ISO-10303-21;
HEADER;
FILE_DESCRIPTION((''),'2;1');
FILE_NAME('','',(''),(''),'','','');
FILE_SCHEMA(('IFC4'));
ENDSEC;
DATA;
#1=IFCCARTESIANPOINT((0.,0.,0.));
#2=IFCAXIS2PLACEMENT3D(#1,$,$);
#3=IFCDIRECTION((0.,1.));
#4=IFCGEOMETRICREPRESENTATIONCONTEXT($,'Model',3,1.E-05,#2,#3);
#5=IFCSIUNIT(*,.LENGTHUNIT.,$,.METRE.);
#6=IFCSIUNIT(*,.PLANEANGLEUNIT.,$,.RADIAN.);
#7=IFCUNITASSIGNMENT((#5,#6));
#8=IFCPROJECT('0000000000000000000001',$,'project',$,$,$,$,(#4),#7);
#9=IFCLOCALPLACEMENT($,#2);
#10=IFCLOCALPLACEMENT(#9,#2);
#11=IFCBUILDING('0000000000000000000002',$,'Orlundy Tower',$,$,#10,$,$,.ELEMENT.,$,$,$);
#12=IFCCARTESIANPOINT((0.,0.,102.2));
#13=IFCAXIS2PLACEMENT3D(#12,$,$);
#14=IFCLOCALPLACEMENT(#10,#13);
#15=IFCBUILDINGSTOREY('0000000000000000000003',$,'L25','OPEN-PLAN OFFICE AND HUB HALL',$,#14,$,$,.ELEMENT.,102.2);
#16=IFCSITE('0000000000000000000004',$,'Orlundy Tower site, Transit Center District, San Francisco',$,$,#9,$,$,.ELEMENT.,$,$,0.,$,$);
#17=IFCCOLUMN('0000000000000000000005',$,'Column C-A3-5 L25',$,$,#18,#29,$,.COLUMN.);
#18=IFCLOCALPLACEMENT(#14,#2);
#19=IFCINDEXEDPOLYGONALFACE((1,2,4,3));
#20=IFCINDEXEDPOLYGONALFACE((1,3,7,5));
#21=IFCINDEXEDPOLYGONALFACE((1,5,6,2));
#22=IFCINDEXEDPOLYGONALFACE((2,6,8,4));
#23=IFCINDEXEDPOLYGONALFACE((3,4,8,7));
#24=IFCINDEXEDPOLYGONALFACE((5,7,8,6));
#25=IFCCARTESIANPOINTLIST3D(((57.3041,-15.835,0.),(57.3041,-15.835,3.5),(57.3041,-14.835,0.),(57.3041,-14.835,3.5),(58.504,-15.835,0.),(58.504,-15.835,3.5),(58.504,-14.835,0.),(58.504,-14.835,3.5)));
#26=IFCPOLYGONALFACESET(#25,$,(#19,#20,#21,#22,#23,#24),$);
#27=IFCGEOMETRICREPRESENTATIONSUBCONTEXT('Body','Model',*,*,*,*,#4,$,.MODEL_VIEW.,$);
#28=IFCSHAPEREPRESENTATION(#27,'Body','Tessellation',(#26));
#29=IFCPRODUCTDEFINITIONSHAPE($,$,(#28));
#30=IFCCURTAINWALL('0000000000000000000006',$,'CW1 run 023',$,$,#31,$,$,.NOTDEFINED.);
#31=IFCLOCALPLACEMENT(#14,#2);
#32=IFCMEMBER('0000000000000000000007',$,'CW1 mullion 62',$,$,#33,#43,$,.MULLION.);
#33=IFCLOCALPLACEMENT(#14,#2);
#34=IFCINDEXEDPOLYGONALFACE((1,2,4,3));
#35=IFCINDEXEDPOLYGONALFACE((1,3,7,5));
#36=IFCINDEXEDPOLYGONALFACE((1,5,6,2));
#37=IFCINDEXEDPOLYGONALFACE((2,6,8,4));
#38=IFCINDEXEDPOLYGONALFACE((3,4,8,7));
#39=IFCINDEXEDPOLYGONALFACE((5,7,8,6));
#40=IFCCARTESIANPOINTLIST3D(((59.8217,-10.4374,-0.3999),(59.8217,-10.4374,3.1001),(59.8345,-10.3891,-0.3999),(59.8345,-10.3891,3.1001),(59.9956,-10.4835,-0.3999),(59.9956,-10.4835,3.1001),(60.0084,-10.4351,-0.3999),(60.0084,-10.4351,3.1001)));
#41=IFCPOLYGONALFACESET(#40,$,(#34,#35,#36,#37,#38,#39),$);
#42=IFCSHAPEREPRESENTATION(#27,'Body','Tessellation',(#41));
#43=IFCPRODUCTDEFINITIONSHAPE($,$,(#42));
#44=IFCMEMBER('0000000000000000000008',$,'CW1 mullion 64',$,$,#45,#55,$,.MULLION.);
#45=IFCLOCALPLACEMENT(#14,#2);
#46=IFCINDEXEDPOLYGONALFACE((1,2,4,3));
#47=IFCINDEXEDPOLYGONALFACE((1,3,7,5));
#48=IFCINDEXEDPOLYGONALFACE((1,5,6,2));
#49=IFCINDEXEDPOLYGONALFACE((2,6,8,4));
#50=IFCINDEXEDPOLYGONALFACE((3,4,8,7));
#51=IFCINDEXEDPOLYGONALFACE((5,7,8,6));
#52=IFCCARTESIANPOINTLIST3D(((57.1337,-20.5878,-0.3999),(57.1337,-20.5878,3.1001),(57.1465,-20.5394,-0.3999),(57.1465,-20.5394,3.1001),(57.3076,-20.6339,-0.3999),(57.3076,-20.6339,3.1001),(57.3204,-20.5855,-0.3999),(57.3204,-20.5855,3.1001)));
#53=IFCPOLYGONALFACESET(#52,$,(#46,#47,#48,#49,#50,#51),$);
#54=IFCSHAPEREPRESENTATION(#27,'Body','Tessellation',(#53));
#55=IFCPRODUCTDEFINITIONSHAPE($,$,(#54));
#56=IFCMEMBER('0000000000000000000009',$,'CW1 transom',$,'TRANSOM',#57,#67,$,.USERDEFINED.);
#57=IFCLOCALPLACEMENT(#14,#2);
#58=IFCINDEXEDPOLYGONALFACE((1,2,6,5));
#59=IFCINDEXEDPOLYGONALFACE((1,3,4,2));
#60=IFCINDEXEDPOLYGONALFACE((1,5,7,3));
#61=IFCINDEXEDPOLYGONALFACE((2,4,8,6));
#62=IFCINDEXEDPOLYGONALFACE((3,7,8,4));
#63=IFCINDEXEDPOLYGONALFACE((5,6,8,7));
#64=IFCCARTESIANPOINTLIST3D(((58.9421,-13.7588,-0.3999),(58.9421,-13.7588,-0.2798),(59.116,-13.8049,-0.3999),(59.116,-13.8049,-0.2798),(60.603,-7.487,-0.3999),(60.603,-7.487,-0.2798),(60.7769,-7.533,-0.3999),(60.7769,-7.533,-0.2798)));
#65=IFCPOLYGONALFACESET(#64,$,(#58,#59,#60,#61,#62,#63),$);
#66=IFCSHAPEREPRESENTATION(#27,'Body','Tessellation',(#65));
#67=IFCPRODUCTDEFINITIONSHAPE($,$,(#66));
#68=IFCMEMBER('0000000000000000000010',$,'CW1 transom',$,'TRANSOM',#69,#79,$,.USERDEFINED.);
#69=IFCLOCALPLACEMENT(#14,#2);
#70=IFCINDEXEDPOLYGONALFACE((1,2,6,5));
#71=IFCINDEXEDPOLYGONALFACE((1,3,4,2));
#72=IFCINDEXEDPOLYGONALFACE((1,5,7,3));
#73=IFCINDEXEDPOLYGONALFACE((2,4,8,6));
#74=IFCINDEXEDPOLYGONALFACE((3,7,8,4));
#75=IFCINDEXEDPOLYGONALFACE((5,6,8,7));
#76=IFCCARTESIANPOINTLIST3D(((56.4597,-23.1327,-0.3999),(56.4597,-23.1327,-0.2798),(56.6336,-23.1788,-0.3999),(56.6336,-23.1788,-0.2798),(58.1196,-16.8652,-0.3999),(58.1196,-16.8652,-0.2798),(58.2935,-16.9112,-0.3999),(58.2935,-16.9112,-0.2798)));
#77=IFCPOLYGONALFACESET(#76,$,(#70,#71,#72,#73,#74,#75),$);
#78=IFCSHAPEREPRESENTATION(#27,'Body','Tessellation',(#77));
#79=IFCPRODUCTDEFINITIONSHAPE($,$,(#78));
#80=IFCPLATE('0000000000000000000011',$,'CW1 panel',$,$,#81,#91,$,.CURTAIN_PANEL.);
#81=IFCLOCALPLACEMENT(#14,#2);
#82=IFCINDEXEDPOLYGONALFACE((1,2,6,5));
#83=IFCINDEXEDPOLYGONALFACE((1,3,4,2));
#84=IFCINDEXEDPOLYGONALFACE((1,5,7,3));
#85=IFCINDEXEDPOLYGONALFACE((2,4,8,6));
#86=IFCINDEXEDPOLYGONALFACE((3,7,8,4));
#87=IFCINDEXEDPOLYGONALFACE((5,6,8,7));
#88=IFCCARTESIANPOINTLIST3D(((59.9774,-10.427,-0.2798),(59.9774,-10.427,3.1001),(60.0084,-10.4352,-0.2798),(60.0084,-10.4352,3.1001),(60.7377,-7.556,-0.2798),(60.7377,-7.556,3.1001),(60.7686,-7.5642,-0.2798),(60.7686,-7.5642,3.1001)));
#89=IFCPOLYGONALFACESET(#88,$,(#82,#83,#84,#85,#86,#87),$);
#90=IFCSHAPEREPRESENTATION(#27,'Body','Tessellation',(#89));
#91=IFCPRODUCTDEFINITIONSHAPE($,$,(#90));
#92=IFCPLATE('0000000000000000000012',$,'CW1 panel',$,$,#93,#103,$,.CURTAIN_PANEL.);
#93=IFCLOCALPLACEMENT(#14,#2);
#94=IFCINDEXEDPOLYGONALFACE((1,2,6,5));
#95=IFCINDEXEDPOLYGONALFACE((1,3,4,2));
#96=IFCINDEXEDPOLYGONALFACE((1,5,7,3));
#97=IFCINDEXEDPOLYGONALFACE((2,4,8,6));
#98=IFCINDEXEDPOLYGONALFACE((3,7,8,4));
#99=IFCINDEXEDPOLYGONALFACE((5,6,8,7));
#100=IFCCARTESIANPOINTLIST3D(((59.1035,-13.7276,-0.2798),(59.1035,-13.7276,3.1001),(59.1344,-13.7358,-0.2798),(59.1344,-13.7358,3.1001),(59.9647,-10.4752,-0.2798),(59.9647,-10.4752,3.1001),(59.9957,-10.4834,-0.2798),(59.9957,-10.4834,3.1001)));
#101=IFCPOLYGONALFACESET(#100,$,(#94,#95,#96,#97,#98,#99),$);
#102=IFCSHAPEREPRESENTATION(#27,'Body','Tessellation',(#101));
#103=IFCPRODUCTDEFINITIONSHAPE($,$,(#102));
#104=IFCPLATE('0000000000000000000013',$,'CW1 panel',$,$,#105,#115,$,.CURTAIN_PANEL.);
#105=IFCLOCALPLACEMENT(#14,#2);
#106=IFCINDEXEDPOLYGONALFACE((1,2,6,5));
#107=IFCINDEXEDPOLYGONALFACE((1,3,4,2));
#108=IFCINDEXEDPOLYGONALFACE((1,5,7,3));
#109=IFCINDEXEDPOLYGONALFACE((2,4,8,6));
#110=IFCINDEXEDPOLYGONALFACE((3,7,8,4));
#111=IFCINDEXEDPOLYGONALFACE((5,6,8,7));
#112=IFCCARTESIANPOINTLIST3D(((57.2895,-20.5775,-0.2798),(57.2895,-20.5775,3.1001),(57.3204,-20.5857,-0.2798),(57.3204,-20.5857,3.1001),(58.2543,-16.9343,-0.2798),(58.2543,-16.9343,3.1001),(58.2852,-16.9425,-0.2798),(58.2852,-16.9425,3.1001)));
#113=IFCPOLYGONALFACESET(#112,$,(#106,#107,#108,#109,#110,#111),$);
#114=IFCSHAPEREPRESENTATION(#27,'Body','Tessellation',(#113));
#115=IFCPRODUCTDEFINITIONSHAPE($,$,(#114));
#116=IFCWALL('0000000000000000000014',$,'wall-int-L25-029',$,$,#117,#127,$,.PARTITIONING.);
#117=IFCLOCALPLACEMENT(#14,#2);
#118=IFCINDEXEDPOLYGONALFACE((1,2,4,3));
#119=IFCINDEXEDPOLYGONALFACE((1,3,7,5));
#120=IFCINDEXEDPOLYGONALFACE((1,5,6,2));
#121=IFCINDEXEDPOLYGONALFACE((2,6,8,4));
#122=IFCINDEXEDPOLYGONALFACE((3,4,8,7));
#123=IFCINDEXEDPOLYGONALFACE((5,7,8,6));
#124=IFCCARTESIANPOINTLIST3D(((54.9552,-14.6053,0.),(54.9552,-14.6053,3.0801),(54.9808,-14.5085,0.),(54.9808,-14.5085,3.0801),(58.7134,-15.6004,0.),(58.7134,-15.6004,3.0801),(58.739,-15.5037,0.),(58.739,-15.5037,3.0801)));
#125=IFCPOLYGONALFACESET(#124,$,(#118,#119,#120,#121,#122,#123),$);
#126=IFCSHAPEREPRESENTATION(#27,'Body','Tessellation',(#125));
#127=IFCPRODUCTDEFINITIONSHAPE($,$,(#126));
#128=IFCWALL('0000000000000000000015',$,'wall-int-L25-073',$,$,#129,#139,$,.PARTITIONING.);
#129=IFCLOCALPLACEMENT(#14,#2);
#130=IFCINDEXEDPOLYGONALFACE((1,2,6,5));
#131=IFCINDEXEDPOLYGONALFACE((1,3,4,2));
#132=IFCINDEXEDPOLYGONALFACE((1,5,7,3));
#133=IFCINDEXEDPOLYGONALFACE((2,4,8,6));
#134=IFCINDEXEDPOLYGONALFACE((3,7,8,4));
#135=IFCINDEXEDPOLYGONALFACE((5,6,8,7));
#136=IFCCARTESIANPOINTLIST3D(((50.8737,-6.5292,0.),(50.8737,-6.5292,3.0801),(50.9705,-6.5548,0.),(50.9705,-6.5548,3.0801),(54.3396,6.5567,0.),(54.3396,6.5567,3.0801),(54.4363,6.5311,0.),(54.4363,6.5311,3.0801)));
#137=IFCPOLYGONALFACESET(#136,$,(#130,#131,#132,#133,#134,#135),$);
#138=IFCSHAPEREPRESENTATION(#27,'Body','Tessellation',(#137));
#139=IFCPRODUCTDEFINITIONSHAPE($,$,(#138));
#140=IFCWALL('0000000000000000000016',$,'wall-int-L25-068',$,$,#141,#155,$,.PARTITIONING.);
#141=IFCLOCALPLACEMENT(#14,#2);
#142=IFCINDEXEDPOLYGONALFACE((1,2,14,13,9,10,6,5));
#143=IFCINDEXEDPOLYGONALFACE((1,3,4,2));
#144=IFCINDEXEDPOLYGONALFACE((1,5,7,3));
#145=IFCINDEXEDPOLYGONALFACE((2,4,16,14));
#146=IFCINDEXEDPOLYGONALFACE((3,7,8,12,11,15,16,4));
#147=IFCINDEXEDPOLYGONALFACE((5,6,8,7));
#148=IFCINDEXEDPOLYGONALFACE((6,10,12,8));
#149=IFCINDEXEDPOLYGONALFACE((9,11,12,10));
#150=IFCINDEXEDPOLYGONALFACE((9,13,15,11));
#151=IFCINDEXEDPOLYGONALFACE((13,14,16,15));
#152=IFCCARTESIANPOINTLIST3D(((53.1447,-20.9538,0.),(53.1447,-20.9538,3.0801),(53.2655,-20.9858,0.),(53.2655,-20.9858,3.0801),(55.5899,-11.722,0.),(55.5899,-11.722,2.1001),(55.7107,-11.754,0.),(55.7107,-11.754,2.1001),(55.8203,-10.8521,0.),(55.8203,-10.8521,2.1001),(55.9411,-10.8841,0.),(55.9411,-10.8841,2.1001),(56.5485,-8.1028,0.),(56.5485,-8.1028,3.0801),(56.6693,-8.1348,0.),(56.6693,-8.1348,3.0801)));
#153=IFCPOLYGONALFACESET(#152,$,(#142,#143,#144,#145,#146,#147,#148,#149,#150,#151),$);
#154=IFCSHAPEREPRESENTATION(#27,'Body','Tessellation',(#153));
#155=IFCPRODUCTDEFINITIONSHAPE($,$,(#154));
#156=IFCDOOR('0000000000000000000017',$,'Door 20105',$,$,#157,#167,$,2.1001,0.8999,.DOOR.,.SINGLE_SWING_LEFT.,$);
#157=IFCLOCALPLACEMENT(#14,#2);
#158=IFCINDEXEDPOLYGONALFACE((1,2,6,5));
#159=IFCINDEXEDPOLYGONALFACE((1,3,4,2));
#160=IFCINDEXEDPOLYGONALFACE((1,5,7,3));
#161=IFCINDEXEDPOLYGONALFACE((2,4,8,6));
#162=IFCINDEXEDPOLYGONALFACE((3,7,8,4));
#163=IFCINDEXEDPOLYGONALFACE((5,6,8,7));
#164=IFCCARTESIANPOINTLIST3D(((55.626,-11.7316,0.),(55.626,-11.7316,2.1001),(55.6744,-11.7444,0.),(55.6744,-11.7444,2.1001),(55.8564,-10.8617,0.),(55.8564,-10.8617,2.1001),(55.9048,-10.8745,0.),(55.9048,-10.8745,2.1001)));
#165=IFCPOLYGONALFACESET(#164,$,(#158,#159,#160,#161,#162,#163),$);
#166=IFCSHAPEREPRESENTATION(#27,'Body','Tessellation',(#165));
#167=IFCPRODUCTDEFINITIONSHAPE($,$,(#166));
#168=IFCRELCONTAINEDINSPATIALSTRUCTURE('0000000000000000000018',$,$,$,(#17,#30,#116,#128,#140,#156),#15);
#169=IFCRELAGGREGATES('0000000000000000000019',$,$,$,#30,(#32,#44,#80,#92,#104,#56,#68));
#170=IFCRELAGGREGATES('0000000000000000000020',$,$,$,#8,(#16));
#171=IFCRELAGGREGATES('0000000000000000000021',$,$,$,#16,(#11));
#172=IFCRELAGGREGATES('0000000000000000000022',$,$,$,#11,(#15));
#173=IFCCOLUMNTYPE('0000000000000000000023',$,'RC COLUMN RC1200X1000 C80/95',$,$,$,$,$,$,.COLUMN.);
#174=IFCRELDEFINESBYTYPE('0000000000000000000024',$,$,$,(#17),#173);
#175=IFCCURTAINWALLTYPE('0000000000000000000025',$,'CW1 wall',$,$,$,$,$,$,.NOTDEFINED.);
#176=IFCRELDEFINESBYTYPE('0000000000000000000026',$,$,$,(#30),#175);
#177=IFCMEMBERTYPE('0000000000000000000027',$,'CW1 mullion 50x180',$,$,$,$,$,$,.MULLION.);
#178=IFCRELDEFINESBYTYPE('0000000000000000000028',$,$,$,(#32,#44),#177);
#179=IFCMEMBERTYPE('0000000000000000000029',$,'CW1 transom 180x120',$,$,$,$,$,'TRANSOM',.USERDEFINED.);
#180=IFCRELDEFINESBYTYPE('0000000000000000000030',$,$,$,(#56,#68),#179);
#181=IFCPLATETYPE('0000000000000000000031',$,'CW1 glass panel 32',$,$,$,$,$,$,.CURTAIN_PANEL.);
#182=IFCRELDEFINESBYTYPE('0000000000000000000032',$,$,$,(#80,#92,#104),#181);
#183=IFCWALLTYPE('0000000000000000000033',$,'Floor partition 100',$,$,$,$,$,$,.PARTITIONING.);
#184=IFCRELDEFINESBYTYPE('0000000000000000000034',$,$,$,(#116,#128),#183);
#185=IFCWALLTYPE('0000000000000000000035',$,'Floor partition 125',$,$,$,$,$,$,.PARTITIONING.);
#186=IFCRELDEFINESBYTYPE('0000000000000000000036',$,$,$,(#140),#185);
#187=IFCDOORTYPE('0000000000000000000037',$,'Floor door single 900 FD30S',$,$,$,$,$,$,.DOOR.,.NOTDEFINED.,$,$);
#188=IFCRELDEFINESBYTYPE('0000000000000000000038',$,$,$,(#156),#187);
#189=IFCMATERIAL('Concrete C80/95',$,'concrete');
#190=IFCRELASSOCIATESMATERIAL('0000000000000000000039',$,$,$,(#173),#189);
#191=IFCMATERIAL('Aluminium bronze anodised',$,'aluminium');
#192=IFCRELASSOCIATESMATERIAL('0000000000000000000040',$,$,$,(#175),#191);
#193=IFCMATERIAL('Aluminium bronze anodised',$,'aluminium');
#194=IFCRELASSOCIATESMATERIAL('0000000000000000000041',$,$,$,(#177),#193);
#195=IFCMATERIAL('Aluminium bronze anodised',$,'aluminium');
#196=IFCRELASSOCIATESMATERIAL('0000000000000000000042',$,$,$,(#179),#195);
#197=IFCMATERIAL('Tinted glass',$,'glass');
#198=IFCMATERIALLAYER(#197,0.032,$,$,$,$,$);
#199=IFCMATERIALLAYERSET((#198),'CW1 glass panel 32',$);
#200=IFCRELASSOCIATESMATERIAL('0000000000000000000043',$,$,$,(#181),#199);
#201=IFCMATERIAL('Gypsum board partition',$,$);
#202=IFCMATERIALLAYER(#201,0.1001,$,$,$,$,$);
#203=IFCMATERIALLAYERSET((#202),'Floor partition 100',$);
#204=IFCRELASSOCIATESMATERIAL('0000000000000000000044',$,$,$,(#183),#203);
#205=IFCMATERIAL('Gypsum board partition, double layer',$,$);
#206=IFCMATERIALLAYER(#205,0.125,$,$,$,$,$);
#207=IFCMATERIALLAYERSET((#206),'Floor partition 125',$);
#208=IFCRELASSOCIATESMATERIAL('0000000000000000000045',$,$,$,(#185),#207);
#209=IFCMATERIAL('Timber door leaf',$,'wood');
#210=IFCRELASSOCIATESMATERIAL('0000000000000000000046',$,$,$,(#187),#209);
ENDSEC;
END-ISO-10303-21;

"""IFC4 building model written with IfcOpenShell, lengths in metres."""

from ifc_helpers import new_model, si_unit, direction, frame, frame_2d, origin, origin_2d, place, context, subcontext, project, spatial, rectangle, extrude, material, layer, layer_set, material_profile, profile_set, type_object, element, fill, aggregate, save


model = new_model("IFC4")

# Units and contexts
model_context = context("Model", 3, precision=1e-05, world=origin(), true_north=direction((0.0, 1.0)))
body_context = subcontext(model_context, "Body", "Model", "MODEL_VIEW")
ifc_project = project(units=[si_unit("LENGTHUNIT", "METRE"), si_unit("PLANEANGLEUNIT", "RADIAN")], contexts=[model_context])

# Site, building, storey
site_placement = place(None, origin())
site = spatial("IfcSite", under=ifc_project, at=site_placement, Name="Orlundy Tower site, Transit Center District, San Francisco", CompositionType="ELEMENT", RefElevation=0.0)
building_placement = place(site_placement, origin())
building = spatial("IfcBuilding", under=site, at=building_placement, Name="Orlundy Tower", CompositionType="ELEMENT")
storey_placement = place(building_placement, frame((0.0, 0.0, 102.2)))
storey = spatial("IfcBuildingStorey", under=building, at=storey_placement, Name="L25", Description="OPEN-PLAN OFFICE AND HUB HALL", CompositionType="ELEMENT", Elevation=102.2)

# Column
ifc_material_1 = material(Name="Concrete C80/95", Category="concrete")
ifc_material_profile_1 = material_profile(ifc_material_1, rectangle(XDim=1.2, YDim=1.0, at=origin_2d()), Name="RC1200X1000")
ifc_profile_set_1 = profile_set([ifc_material_profile_1], Name="Concrete C80/95")
column_type = type_object("IfcColumnType", Name="RC COLUMN RC1200X1000 C80/95", PredefinedType="COLUMN", material=ifc_profile_set_1)
column_placement = place(storey_placement, frame((57.9041, -15.335, 0.0), z_axis=(0.0, 0.0, 1.0), x_axis=(1.0, 0.0, 0.0)))
element("IfcColumn", 1, at=column_placement, inside=storey, type_object=column_type, Name="Column C-A3-5 L25", PredefinedType="COLUMN", context=body_context, shape_type="SweptSolid", body=[
    extrude(rectangle(XDim=1.2, YDim=1.0, at=origin_2d()), origin(), (0.0, 0.0, 1.0), 3.5),
])

# Curtain wall, members, plates
ifc_material_2 = material(Name="Aluminium bronze anodised", Category="aluminium")
curtain_wall_type = type_object("IfcCurtainWallType", Name="CW1 wall", PredefinedType="NOTDEFINED", material=ifc_material_2)
curtain_wall_placement = place(storey_placement, origin())
curtain_wall = element("IfcCurtainWall", 2, at=curtain_wall_placement, inside=storey, type_object=curtain_wall_type, Name="CW1 run 023", PredefinedType="NOTDEFINED")
ifc_material_3 = material(Name="Aluminium bronze anodised", Category="aluminium")
ifc_material_profile_2 = material_profile(ifc_material_3, rectangle(XDim=0.1799, YDim=0.05, at=origin_2d()), Name="CW1 mullion 50x180")
ifc_profile_set_2 = profile_set([ifc_material_profile_2], Name="Aluminium bronze anodised")
member_type_1 = type_object("IfcMemberType", Name="CW1 mullion 50x180", PredefinedType="MULLION", material=ifc_profile_set_2)
member_1_placement = place(storey_placement, frame((59.915, -10.4363, -0.3999), z_axis=(0.0, 0.0, 1.0), x_axis=(0.966679, -0.255991, 0.0)))
member_1 = element("IfcMember", 3, at=member_1_placement, type_object=member_type_1, Name="CW1 mullion 62", PredefinedType="MULLION", context=body_context, shape_type="SweptSolid", body=[
    extrude(rectangle(XDim=0.1799, YDim=0.05, at=origin_2d()), origin(), (0.0, 0.0, 1.0), 3.5),
])
member_2_placement = place(storey_placement, frame((57.2271, -20.5867, -0.3999), z_axis=(0.0, 0.0, 1.0), x_axis=(0.966679, -0.255991, 0.0)))
member_2 = element("IfcMember", 4, at=member_2_placement, type_object=member_type_1, Name="CW1 mullion 64", PredefinedType="MULLION", context=body_context, shape_type="SweptSolid", body=[
    extrude(rectangle(XDim=0.1799, YDim=0.05, at=origin_2d()), origin(), (0.0, 0.0, 1.0), 3.5),
])
ifc_material_4 = material(Name="Aluminium bronze anodised", Category="aluminium")
ifc_material_profile_3 = material_profile(ifc_material_4, rectangle(XDim=0.1799, YDim=0.1201, at=origin_2d()), Name="CW1 transom 180x120")
ifc_profile_set_3 = profile_set([ifc_material_profile_3], Name="Aluminium bronze anodised")
member_type_2 = type_object("IfcMemberType", Name="CW1 transom 180x120", ElementType="TRANSOM", PredefinedType="USERDEFINED", material=ifc_profile_set_3)
member_3_placement = place(storey_placement, frame((60.6899, -7.51, -0.3398), z_axis=(-0.255997, -0.966678, 0.0), x_axis=(0.966678, -0.255997, 0.0)))
member_3 = element("IfcMember", 5, at=member_3_placement, type_object=member_type_2, Name="CW1 transom", ObjectType="TRANSOM", PredefinedType="USERDEFINED", context=body_context, shape_type="SweptSolid", body=[
    extrude(rectangle(XDim=0.1799, YDim=0.1201, at=origin_2d()), origin(), (0.0, 0.0, 1.0), 6.488),
])
member_4_placement = place(storey_placement, frame((58.2065, -16.8882, -0.3398), z_axis=(-0.256015, -0.966673, 0.0), x_axis=(0.966673, -0.256015, 0.0)))
member_4 = element("IfcMember", 6, at=member_4_placement, type_object=member_type_2, Name="CW1 transom", ObjectType="TRANSOM", PredefinedType="USERDEFINED", context=body_context, shape_type="SweptSolid", body=[
    extrude(rectangle(XDim=0.1799, YDim=0.1201, at=origin_2d()), origin(), (0.0, 0.0, 1.0), 6.4836),
])
ifc_material_5 = material(Name="Tinted glass", Category="glass")
ifc_layer_1 = layer(ifc_material_5, 0.032)
ifc_layer_set_1 = layer_set([ifc_layer_1], Name="CW1 glass panel 32")
plate_type = type_object("IfcPlateType", Name="CW1 glass panel 32", PredefinedType="CURTAIN_PANEL", material=ifc_layer_set_1)
plate_1_placement = place(storey_placement, frame((60.373, -8.9956, -0.2798), z_axis=(0.0, 0.0, 1.0), x_axis=(-0.255991, -0.966679, 0.0)))
plate_1 = element("IfcPlate", 7, at=plate_1_placement, type_object=plate_type, Name="CW1 panel", PredefinedType="CURTAIN_PANEL", context=body_context, shape_type="SweptSolid", body=[
    extrude(rectangle(XDim=2.97, YDim=0.032, at=origin_2d()), origin(), (0.0, 0.0, 1.0), 3.3799),
])
plate_2_placement = place(storey_placement, frame((59.5496, -12.1055, -0.2798), z_axis=(0.0, 0.0, 1.0), x_axis=(-0.255991, -0.966679, 0.0)))
plate_2 = element("IfcPlate", 8, at=plate_2_placement, type_object=plate_type, Name="CW1 panel", PredefinedType="CURTAIN_PANEL", context=body_context, shape_type="SweptSolid", body=[
    extrude(rectangle(XDim=3.3645, YDim=0.032, at=origin_2d()), origin(), (0.0, 0.0, 1.0), 3.3799),
])
plate_3_placement = place(storey_placement, frame((57.7874, -18.76, -0.2798), z_axis=(0.0, 0.0, 1.0), x_axis=(-0.255991, -0.966679, 0.0)))
plate_3 = element("IfcPlate", 9, at=plate_3_placement, type_object=plate_type, Name="CW1 panel", PredefinedType="CURTAIN_PANEL", context=body_context, shape_type="SweptSolid", body=[
    extrude(rectangle(XDim=3.7688, YDim=0.032, at=origin_2d()), origin(), (0.0, 0.0, 1.0), 3.3799),
])
aggregate(curtain_wall, [member_1, member_2, plate_1, plate_2, plate_3, member_3, member_4])

# Walls
ifc_material_6 = material(Name="Gypsum board partition")
ifc_layer_2 = layer(ifc_material_6, 0.1001)
ifc_layer_set_2 = layer_set([ifc_layer_2], Name="Floor partition 100")
wall_type_1 = type_object("IfcWallType", Name="Floor partition 100", PredefinedType="PARTITIONING", material=ifc_layer_set_2)
wall_1_placement = place(storey_placement, frame((54.968, -14.5569, 0.0), z_axis=(0.0, 0.0, 1.0), x_axis=(0.966684, -0.255974, 0.0)))
element("IfcWall", 10, at=wall_1_placement, inside=storey, type_object=wall_type_1, Name="wall-int-L25-029", PredefinedType="PARTITIONING", context=body_context, shape_type="SweptSolid", body=[
    extrude(rectangle(XDim=3.8877, YDim=0.1001, at=frame_2d((1.9438, 0.0))), origin(), (0.0, 0.0, 1.0), 3.0801),
])
wall_2_placement = place(storey_placement, frame((50.9221, -6.542, 0.0), z_axis=(0.0, 0.0, 1.0), x_axis=(0.256023, 0.966671, 0.0)))
element("IfcWall", 11, at=wall_2_placement, inside=storey, type_object=wall_type_1, Name="wall-int-L25-073", PredefinedType="PARTITIONING", context=body_context, shape_type="SweptSolid", body=[
    extrude(rectangle(XDim=13.5371, YDim=0.1001, at=frame_2d((6.7686, 0.0))), origin(), (0.0, 0.0, 1.0), 3.0801),
])

# Wall, opening, door
ifc_material_7 = material(Name="Gypsum board partition, double layer")
ifc_layer_3 = layer(ifc_material_7, 0.125)
ifc_layer_set_3 = layer_set([ifc_layer_3], Name="Floor partition 125")
wall_type_2 = type_object("IfcWallType", Name="Floor partition 125", PredefinedType="PARTITIONING", material=ifc_layer_set_3)
wall_3_placement = place(storey_placement, frame((56.6089, -8.1189, 0.0), z_axis=(0.0, 0.0, 1.0), x_axis=(-0.256037, -0.966667, 0.0)))
wall_3 = element("IfcWall", 12, at=wall_3_placement, inside=storey, type_object=wall_type_2, Name="wall-int-L25-068", PredefinedType="PARTITIONING", context=body_context, shape_type="SweptSolid", body=[
    extrude(rectangle(XDim=13.2942, YDim=0.125, at=frame_2d((6.647, 0.0))), origin(), (0.0, 0.0, 1.0), 3.0801),
])
opening_1_placement = place(wall_3_placement, frame((2.844, 0.0, 0.0)))
opening_1 = element("IfcOpeningElement", 13, at=opening_1_placement, cuts=wall_3, PredefinedType="OPENING", context=body_context, shape_type="SweptSolid", body=[
    extrude(rectangle(XDim=0.8999, YDim=2.1001, at=frame_2d((0.45, 1.05))), frame((0.0, 0.0725, 0.0), z_axis=(0.0, -1.0, 0.0), x_axis=(1.0, 0.0, 0.0)), (0.0, 0.0, 1.0), 0.145),
])
ifc_material_8 = material(Name="Timber door leaf", Category="wood")
door_type_1 = type_object("IfcDoorType", Name="Floor door single 900 FD30S", OperationType="NOTDEFINED", PredefinedType="DOOR", material=ifc_material_8)
door_1_placement = place(opening_1_placement, origin())
door_1 = element("IfcDoor", 14, at=door_1_placement, inside=storey, type_object=door_type_1, Name="Door 20105", OperationType="SINGLE_SWING_LEFT", OverallHeight=2.1001, OverallWidth=0.8999, PredefinedType="DOOR", context=body_context, shape_type="SweptSolid", body=[
    extrude(rectangle(XDim=0.8999, YDim=2.1001, at=frame_2d((0.45, 1.05))), frame((0.0, 0.0249, 0.0), z_axis=(0.0, -1.0, 0.0), x_axis=(1.0, 0.0, 0.0)), (0.0, 0.0, 1.0), 0.05),
])
fill(opening_1, door_1)

save(model, "model.ifc")
